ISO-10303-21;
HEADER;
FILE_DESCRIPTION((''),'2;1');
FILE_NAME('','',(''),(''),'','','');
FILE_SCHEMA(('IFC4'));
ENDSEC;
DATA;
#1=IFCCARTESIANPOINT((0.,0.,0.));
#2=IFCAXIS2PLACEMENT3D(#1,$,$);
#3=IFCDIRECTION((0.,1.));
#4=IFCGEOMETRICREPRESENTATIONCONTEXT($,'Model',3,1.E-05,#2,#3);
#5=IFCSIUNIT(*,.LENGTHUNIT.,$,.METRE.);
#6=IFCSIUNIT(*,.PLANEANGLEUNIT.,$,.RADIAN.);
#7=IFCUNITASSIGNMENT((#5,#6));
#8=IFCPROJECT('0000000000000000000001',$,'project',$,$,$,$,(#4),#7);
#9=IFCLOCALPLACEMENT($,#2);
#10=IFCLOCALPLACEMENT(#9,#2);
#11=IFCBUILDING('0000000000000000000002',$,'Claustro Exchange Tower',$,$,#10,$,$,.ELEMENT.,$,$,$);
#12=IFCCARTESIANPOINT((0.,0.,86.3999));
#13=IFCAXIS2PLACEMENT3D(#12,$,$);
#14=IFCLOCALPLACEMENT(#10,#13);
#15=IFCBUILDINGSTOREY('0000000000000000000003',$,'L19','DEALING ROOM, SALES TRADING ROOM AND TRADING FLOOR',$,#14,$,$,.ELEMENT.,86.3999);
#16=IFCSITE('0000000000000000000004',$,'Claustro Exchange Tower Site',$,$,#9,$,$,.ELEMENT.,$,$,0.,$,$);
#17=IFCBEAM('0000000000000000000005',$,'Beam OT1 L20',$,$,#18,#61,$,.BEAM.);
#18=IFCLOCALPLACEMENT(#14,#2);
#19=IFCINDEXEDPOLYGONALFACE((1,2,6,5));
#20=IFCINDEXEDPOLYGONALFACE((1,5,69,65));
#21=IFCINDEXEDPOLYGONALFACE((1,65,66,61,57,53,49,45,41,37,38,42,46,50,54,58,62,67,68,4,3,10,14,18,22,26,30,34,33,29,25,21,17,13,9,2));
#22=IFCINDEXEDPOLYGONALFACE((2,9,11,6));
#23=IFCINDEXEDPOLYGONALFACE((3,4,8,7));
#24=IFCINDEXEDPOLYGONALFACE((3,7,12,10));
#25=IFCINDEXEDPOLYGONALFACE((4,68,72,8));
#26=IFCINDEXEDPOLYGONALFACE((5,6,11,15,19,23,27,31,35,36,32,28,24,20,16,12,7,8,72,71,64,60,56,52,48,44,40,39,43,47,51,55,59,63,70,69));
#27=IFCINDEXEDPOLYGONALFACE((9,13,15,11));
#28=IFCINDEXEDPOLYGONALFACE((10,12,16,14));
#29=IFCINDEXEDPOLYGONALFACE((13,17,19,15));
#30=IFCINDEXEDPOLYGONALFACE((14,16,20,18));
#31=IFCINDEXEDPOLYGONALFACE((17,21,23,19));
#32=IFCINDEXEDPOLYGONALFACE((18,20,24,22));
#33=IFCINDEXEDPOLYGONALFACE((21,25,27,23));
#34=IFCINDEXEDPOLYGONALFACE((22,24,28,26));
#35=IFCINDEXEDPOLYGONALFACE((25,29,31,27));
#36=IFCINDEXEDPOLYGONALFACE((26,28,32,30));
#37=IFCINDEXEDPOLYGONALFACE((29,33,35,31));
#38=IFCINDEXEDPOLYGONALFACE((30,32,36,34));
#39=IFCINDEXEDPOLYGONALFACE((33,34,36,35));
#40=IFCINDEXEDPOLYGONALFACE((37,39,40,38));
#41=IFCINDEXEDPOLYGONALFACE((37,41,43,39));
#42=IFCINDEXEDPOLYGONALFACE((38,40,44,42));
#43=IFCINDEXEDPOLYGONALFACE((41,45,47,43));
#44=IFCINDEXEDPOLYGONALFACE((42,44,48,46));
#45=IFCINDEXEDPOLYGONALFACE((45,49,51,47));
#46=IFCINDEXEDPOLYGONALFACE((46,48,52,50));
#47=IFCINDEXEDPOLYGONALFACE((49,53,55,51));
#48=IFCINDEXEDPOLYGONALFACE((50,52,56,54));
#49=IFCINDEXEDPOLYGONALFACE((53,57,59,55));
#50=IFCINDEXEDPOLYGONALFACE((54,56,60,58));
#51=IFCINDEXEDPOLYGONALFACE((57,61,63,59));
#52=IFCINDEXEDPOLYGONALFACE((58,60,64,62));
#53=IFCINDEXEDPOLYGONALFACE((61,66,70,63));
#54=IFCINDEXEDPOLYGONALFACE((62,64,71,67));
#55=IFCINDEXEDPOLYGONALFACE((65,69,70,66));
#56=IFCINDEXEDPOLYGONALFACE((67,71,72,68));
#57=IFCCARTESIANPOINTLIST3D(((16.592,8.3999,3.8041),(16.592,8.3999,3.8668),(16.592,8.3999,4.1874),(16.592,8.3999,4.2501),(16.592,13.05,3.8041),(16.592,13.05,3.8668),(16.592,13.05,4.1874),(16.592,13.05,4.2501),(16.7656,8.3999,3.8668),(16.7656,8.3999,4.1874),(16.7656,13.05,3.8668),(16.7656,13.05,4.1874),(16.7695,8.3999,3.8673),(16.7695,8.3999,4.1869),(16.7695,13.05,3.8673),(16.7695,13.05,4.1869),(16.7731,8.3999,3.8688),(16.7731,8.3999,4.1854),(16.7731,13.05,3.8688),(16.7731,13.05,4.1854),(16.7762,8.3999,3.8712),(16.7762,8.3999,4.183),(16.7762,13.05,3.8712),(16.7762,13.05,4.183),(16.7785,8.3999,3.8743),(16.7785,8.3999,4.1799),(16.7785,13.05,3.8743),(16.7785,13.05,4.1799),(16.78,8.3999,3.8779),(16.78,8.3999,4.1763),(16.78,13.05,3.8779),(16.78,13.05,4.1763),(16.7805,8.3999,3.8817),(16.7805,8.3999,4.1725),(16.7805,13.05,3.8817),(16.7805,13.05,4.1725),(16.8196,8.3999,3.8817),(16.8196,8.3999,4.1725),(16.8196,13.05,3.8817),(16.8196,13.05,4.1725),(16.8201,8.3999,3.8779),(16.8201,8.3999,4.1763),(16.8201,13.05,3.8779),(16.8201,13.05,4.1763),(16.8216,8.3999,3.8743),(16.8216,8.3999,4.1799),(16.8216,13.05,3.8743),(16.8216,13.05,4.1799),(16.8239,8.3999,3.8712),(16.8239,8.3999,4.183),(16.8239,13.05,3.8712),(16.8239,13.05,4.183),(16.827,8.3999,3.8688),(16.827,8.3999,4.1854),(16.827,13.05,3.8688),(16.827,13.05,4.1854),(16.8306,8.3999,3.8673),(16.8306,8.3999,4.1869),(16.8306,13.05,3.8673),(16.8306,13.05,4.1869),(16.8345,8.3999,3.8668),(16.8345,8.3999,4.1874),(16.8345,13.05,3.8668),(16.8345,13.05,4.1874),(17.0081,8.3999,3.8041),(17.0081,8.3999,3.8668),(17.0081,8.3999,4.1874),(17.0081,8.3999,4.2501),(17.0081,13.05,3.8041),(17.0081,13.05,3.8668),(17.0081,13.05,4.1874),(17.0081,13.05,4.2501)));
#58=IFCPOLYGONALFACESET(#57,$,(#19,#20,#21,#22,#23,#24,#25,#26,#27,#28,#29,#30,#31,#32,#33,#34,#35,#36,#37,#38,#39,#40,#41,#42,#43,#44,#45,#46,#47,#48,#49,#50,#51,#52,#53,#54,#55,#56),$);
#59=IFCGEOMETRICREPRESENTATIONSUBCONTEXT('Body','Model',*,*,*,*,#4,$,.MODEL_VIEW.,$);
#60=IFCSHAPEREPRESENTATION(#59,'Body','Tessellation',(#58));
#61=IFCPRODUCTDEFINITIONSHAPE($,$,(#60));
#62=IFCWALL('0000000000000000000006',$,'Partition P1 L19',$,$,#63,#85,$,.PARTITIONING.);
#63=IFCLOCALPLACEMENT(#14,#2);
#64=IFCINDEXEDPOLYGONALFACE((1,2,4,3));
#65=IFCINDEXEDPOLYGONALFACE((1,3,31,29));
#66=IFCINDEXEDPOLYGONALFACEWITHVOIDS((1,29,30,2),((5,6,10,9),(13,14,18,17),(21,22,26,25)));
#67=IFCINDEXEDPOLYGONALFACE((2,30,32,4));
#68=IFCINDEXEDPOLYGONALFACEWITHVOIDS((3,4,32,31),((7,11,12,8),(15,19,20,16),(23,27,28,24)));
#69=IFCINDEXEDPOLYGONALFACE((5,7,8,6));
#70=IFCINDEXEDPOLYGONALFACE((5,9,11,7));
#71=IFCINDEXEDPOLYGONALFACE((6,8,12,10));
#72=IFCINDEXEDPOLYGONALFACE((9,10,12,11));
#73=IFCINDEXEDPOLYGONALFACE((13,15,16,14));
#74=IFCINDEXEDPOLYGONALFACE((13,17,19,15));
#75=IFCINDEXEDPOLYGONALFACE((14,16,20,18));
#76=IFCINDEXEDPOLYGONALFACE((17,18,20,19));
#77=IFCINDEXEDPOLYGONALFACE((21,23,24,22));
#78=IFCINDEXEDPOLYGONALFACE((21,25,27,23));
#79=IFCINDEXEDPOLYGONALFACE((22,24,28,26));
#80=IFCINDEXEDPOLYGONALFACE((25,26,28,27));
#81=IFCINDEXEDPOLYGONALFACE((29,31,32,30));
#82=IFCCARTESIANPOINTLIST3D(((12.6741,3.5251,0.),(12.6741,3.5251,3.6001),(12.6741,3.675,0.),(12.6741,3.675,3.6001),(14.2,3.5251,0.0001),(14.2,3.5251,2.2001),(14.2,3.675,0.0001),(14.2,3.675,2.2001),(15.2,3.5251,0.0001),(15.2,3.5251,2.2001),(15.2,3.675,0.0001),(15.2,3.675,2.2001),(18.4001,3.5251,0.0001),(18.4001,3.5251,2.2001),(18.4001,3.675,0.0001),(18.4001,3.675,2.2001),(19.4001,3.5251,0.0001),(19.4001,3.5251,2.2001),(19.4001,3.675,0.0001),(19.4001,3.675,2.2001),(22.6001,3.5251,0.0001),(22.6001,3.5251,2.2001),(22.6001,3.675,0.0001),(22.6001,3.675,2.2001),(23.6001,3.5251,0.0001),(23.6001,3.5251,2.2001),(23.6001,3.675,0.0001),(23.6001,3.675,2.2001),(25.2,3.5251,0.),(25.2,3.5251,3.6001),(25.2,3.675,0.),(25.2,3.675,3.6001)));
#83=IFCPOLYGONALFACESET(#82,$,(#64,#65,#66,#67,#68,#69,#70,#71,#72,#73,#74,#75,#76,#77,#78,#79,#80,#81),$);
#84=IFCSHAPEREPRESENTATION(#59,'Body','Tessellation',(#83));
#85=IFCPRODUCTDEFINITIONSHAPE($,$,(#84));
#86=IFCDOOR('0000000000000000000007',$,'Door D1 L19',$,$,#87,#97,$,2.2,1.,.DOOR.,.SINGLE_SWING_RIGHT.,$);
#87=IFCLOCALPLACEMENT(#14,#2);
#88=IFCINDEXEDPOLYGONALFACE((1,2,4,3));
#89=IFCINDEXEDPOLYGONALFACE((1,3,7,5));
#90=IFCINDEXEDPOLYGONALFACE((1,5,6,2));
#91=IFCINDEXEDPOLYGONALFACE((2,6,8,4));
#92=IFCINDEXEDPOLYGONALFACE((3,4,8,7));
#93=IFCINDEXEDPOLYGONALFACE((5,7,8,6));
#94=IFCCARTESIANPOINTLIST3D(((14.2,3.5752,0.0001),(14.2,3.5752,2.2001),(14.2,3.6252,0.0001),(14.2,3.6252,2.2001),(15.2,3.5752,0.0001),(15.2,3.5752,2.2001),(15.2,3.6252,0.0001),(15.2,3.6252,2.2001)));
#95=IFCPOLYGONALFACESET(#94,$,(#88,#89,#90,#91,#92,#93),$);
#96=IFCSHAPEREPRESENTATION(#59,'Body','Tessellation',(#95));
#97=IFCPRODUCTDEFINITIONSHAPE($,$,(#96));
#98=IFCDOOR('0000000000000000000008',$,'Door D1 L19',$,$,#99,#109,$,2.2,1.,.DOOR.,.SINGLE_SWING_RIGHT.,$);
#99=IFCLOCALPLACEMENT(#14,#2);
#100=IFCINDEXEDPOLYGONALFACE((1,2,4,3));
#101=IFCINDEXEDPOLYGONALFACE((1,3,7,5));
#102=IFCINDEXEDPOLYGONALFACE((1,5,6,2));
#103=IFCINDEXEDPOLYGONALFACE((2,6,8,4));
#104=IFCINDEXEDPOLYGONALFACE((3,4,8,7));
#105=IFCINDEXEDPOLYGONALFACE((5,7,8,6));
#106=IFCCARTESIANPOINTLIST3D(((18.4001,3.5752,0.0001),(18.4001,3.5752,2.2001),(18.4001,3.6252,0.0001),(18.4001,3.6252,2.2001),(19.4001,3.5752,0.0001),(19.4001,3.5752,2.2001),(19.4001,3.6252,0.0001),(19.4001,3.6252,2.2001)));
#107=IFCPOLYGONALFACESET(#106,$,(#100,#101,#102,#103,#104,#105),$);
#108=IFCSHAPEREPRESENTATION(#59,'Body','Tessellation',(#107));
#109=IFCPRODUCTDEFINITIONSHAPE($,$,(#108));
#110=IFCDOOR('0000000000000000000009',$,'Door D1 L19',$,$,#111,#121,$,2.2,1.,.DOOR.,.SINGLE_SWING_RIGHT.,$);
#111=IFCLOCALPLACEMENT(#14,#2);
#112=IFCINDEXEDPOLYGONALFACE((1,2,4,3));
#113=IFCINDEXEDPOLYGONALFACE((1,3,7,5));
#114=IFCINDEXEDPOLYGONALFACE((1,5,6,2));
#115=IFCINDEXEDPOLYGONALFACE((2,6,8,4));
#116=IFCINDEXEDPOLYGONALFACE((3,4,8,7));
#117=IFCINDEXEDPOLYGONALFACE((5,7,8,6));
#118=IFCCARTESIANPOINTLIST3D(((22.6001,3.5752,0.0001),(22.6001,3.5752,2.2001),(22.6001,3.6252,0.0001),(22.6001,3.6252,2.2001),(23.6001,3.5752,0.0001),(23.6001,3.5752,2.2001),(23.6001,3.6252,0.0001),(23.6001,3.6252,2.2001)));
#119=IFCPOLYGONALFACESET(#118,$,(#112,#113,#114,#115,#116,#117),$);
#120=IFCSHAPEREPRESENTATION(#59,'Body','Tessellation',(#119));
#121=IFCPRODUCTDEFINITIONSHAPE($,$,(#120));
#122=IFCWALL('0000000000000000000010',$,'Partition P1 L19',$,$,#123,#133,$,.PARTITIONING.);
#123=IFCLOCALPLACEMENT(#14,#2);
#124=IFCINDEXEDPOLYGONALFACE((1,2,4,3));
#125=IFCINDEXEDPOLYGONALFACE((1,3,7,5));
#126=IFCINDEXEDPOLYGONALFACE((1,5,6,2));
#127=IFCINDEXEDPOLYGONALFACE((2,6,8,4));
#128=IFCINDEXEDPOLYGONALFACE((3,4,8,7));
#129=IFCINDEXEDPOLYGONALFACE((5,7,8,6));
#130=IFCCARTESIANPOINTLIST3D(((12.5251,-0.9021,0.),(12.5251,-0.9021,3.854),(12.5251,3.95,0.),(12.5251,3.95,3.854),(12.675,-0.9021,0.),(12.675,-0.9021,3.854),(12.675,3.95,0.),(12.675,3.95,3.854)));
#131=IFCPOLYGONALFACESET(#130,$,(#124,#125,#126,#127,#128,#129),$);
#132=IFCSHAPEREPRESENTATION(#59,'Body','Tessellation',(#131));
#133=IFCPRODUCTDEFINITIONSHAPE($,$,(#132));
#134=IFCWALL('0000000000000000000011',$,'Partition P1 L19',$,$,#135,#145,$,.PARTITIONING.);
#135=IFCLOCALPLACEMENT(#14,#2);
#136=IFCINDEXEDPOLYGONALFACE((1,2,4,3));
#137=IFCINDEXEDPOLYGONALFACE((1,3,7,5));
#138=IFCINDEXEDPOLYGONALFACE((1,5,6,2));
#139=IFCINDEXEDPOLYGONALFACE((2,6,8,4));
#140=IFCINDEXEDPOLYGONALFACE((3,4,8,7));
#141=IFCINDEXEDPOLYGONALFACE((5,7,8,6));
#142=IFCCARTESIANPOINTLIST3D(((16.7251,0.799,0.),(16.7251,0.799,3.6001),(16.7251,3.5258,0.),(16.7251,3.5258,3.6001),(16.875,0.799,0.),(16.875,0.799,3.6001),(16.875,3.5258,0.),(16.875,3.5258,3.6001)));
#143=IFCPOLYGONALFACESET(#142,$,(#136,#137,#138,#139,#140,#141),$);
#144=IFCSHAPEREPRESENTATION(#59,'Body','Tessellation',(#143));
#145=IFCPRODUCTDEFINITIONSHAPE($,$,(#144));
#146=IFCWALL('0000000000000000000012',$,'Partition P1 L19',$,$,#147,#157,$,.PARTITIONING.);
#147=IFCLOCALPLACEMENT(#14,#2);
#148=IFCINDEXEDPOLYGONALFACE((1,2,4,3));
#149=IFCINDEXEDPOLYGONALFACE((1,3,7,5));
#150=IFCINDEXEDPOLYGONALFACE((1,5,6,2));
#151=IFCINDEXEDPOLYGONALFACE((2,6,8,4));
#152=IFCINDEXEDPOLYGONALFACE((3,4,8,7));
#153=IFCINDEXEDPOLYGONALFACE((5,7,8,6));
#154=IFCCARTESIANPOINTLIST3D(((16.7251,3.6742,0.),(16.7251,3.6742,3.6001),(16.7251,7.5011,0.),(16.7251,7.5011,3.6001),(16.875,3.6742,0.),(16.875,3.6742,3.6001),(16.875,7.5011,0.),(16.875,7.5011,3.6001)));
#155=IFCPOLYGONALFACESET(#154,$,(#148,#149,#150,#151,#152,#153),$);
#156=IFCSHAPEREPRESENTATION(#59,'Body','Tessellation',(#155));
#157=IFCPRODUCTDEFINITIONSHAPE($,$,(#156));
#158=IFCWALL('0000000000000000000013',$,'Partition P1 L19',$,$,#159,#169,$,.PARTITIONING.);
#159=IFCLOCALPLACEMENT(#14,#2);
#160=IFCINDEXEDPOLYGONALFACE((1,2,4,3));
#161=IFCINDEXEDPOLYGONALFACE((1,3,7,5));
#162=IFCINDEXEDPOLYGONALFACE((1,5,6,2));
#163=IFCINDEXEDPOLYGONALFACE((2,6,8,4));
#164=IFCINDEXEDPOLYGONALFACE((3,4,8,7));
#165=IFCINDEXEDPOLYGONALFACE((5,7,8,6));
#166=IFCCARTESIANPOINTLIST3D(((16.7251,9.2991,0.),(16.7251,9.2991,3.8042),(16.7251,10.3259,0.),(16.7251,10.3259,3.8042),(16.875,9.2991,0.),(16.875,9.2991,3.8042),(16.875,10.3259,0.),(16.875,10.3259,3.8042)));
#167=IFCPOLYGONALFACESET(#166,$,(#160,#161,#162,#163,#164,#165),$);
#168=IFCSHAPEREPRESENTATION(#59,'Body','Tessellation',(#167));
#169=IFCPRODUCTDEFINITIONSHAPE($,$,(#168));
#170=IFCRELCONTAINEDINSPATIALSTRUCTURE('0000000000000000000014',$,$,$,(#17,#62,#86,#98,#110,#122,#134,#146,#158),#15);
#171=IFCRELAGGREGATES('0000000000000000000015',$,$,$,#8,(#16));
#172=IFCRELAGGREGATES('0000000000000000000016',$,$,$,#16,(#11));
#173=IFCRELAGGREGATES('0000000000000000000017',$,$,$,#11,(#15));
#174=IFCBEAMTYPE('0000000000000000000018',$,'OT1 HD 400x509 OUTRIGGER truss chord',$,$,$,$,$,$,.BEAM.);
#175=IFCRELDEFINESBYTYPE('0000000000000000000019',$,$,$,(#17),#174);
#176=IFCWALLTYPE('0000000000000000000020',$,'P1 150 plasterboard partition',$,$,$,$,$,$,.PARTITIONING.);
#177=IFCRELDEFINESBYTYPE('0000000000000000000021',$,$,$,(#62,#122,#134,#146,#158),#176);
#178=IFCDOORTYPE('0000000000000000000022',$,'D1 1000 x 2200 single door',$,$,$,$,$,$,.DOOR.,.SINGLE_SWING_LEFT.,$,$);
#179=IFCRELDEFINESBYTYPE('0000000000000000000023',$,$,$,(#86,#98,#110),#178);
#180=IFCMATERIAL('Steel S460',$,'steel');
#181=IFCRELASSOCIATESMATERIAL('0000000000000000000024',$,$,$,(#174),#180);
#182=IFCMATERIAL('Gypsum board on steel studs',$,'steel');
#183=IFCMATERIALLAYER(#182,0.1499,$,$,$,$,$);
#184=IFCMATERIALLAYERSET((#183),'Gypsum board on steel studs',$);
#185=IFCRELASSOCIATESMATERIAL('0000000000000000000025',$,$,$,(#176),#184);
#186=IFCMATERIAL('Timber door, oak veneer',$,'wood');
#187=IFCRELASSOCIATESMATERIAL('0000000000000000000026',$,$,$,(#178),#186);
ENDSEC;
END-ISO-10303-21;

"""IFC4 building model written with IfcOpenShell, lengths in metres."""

from ifc_helpers import new_model, si_unit, direction, frame, frame_2d, origin, origin_2d, place, context, subcontext, project, spatial, rectangle, i_section, extrude, material, layer, layer_set, material_profile, profile_set, type_object, element, fill, save


model = new_model("IFC4")

# Units and contexts
model_context = context("Model", 3, precision=1e-05, world=origin(), true_north=direction((0.0, 1.0)))
body_context = subcontext(model_context, "Body", "Model", "MODEL_VIEW")
ifc_project = project(units=[si_unit("LENGTHUNIT", "METRE"), si_unit("PLANEANGLEUNIT", "RADIAN")], contexts=[model_context])

# Site, building, storey
site_placement = place(None, origin())
site = spatial("IfcSite", under=ifc_project, at=site_placement, Name="Claustro Exchange Tower Site", CompositionType="ELEMENT", RefElevation=0.0)
building_placement = place(site_placement, origin())
building = spatial("IfcBuilding", under=site, at=building_placement, Name="Claustro Exchange Tower", CompositionType="ELEMENT")
storey_placement = place(building_placement, frame((0.0, 0.0, 86.3999)))
storey = spatial("IfcBuildingStorey", under=building, at=storey_placement, Name="L19", Description="DEALING ROOM, SALES TRADING ROOM AND TRADING FLOOR", CompositionType="ELEMENT", Elevation=86.3999)

# Beam
ifc_material_1 = material(Name="Steel S460", Category="steel")
ifc_material_profile_1 = material_profile(ifc_material_1, i_section(OverallWidth=0.416, OverallDepth=0.446, WebThickness=0.0391, FlangeThickness=0.0627, FilletRadius=0.0149, at=origin_2d()), Name="HD 400x509")
ifc_profile_set_1 = profile_set([ifc_material_profile_1], Name="Steel S460")
beam_type_1 = type_object("IfcBeamType", Name="OT1 HD 400x509 OUTRIGGER truss chord", PredefinedType="BEAM", material=ifc_profile_set_1)
for number, where, z_axis, x_axis, name in (
    (1, (16.8, 8.3999, 4.0271), (0.0, 1.0, 0.0), (-1.0, 0.0, 0.0), "Beam OT1 L20"),
):
    element("IfcBeam", number, at=place(storey_placement, frame(where, z_axis=z_axis, x_axis=x_axis)), inside=storey, type_object=beam_type_1, Name=name, PredefinedType="BEAM", context=body_context, shape_type="SweptSolid", body=[
        extrude(i_section(OverallWidth=0.416, OverallDepth=0.446, WebThickness=0.0391, FlangeThickness=0.0627, FilletRadius=0.0149, at=origin_2d()), origin(), (0.0, 0.0, 1.0), 4.6501),
    ])

# Wall, openings, doors
ifc_material_2 = material(Name="Gypsum board on steel studs", Category="steel")
ifc_layer_1 = layer(ifc_material_2, 0.1499)
ifc_layer_set_1 = layer_set([ifc_layer_1], Name="Gypsum board on steel studs")
wall_type_1 = type_object("IfcWallType", Name="P1 150 plasterboard partition", PredefinedType="PARTITIONING", material=ifc_layer_set_1)
wall_1_placement = place(storey_placement, frame((12.6741, 3.6001, 0.0), z_axis=(0.0, 0.0, 1.0), x_axis=(1.0, 0.0, 0.0)))
wall_1 = element("IfcWall", 2, at=wall_1_placement, inside=storey, type_object=wall_type_1, Name="Partition P1 L19", PredefinedType="PARTITIONING", context=body_context, shape_type="SweptSolid", body=[
    extrude(rectangle(XDim=12.5259, YDim=0.1499, at=frame_2d((6.2629, 0.0))), origin(), (0.0, 0.0, 1.0), 3.6001),
])
opening_1_placement = place(wall_1_placement, frame((1.5259, 0.0, 0.0)))
opening_1 = element("IfcOpeningElement", 3, at=opening_1_placement, cuts=wall_1, PredefinedType="OPENING", context=body_context, shape_type="SweptSolid", body=[
    extrude(rectangle(XDim=1.0, YDim=2.2, at=frame_2d((0.5, 1.1001))), frame((0.0, 0.085, 0.0), z_axis=(0.0, -1.0, 0.0), x_axis=(1.0, 0.0, 0.0)), (0.0, 0.0, 1.0), 0.1699),
])
opening_2_placement = place(wall_1_placement, frame((5.7261, 0.0, 0.0)))
opening_2 = element("IfcOpeningElement", 4, at=opening_2_placement, cuts=wall_1, PredefinedType="OPENING", context=body_context, shape_type="SweptSolid", body=[
    extrude(rectangle(XDim=1.0, YDim=2.2, at=frame_2d((0.5, 1.1001))), frame((0.0, 0.085, 0.0), z_axis=(0.0, -1.0, 0.0), x_axis=(1.0, 0.0, 0.0)), (0.0, 0.0, 1.0), 0.1699),
])
opening_3_placement = place(wall_1_placement, frame((9.926, 0.0, 0.0)))
opening_3 = element("IfcOpeningElement", 5, at=opening_3_placement, cuts=wall_1, PredefinedType="OPENING", context=body_context, shape_type="SweptSolid", body=[
    extrude(rectangle(XDim=1.0, YDim=2.2, at=frame_2d((0.5, 1.1001))), frame((0.0, 0.085, 0.0), z_axis=(0.0, -1.0, 0.0), x_axis=(1.0, 0.0, 0.0)), (0.0, 0.0, 1.0), 0.1699),
])
ifc_material_3 = material(Name="Timber door, oak veneer", Category="wood")
door_type_1 = type_object("IfcDoorType", Name="D1 1000 x 2200 single door", OperationType="SINGLE_SWING_LEFT", PredefinedType="DOOR", material=ifc_material_3)
door_1_placement = place(opening_1_placement, frame((1.0, 0.0, 0.0), z_axis=(0.0, 0.0, 1.0), x_axis=(-1.0, 0.0, 0.0)))
door_1 = element("IfcDoor", 6, at=door_1_placement, inside=storey, type_object=door_type_1, Name="Door D1 L19", OperationType="SINGLE_SWING_RIGHT", OverallHeight=2.2, OverallWidth=1.0, PredefinedType="DOOR", context=body_context, shape_type="SweptSolid", body=[
    extrude(rectangle(XDim=1.0, YDim=2.2, at=frame_2d((0.5, 1.1001))), frame((0.0, 0.0249, 0.0), z_axis=(0.0, -1.0, 0.0), x_axis=(1.0, 0.0, 0.0)), (0.0, 0.0, 1.0), 0.05),
])
fill(opening_1, door_1)
door_2_placement = place(opening_2_placement, frame((1.0, 0.0, 0.0), z_axis=(0.0, 0.0, 1.0), x_axis=(-1.0, 0.0, 0.0)))
door_2 = element("IfcDoor", 7, at=door_2_placement, inside=storey, type_object=door_type_1, Name="Door D1 L19", OperationType="SINGLE_SWING_RIGHT", OverallHeight=2.2, OverallWidth=1.0, PredefinedType="DOOR", context=body_context, shape_type="SweptSolid", body=[
    extrude(rectangle(XDim=1.0, YDim=2.2, at=frame_2d((0.5, 1.1001))), frame((0.0, 0.0249, 0.0), z_axis=(0.0, -1.0, 0.0), x_axis=(1.0, 0.0, 0.0)), (0.0, 0.0, 1.0), 0.05),
])
fill(opening_2, door_2)
door_3_placement = place(opening_3_placement, frame((1.0, 0.0, 0.0), z_axis=(0.0, 0.0, 1.0), x_axis=(-1.0, 0.0, 0.0)))
door_3 = element("IfcDoor", 8, at=door_3_placement, inside=storey, type_object=door_type_1, Name="Door D1 L19", OperationType="SINGLE_SWING_RIGHT", OverallHeight=2.2, OverallWidth=1.0, PredefinedType="DOOR", context=body_context, shape_type="SweptSolid", body=[
    extrude(rectangle(XDim=1.0, YDim=2.2, at=frame_2d((0.5, 1.1001))), frame((0.0, 0.0249, 0.0), z_axis=(0.0, -1.0, 0.0), x_axis=(1.0, 0.0, 0.0)), (0.0, 0.0, 1.0), 0.05),
])
fill(opening_3, door_3)

# Walls
wall_2_placement = place(storey_placement, frame((12.6001, -0.9021, 0.0), z_axis=(0.0, 0.0, 1.0), x_axis=(0.0, 1.0, 0.0)))
element("IfcWall", 9, at=wall_2_placement, inside=storey, type_object=wall_type_1, Name="Partition P1 L19", PredefinedType="PARTITIONING", context=body_context, shape_type="SweptSolid", body=[
    extrude(rectangle(XDim=4.8521, YDim=0.1499, at=frame_2d((2.426, 0.0))), origin(), (0.0, 0.0, 1.0), 3.854),
])
wall_3_placement = place(storey_placement, frame((16.8, 0.7991, 0.0), z_axis=(0.0, 0.0, 1.0), x_axis=(0.0, 1.0, 0.0)))
element("IfcWall", 10, at=wall_3_placement, inside=storey, type_object=wall_type_1, Name="Partition P1 L19", PredefinedType="PARTITIONING", context=body_context, shape_type="SweptSolid", body=[
    extrude(rectangle(XDim=2.7268, YDim=0.1499, at=frame_2d((1.3633, 0.0))), origin(), (0.0, 0.0, 1.0), 3.6001),
])
wall_4_placement = place(storey_placement, frame((16.8, 3.6741, 0.0), z_axis=(0.0, 0.0, 1.0), x_axis=(0.0, 1.0, 0.0)))
element("IfcWall", 11, at=wall_4_placement, inside=storey, type_object=wall_type_1, Name="Partition P1 L19", PredefinedType="PARTITIONING", context=body_context, shape_type="SweptSolid", body=[
    extrude(rectangle(XDim=3.8269, YDim=0.1499, at=frame_2d((1.9136, 0.0))), origin(), (0.0, 0.0, 1.0), 3.6001),
])
wall_5_placement = place(storey_placement, frame((16.8, 9.2991, 0.0), z_axis=(0.0, 0.0, 1.0), x_axis=(0.0, 1.0, 0.0)))
element("IfcWall", 12, at=wall_5_placement, inside=storey, type_object=wall_type_1, Name="Partition P1 L19", PredefinedType="PARTITIONING", context=body_context, shape_type="SweptSolid", body=[
    extrude(rectangle(XDim=1.0269, YDim=0.1499, at=frame_2d((0.5134, 0.0))), origin(), (0.0, 0.0, 1.0), 3.8042),
])

save(model, "model.ifc")
